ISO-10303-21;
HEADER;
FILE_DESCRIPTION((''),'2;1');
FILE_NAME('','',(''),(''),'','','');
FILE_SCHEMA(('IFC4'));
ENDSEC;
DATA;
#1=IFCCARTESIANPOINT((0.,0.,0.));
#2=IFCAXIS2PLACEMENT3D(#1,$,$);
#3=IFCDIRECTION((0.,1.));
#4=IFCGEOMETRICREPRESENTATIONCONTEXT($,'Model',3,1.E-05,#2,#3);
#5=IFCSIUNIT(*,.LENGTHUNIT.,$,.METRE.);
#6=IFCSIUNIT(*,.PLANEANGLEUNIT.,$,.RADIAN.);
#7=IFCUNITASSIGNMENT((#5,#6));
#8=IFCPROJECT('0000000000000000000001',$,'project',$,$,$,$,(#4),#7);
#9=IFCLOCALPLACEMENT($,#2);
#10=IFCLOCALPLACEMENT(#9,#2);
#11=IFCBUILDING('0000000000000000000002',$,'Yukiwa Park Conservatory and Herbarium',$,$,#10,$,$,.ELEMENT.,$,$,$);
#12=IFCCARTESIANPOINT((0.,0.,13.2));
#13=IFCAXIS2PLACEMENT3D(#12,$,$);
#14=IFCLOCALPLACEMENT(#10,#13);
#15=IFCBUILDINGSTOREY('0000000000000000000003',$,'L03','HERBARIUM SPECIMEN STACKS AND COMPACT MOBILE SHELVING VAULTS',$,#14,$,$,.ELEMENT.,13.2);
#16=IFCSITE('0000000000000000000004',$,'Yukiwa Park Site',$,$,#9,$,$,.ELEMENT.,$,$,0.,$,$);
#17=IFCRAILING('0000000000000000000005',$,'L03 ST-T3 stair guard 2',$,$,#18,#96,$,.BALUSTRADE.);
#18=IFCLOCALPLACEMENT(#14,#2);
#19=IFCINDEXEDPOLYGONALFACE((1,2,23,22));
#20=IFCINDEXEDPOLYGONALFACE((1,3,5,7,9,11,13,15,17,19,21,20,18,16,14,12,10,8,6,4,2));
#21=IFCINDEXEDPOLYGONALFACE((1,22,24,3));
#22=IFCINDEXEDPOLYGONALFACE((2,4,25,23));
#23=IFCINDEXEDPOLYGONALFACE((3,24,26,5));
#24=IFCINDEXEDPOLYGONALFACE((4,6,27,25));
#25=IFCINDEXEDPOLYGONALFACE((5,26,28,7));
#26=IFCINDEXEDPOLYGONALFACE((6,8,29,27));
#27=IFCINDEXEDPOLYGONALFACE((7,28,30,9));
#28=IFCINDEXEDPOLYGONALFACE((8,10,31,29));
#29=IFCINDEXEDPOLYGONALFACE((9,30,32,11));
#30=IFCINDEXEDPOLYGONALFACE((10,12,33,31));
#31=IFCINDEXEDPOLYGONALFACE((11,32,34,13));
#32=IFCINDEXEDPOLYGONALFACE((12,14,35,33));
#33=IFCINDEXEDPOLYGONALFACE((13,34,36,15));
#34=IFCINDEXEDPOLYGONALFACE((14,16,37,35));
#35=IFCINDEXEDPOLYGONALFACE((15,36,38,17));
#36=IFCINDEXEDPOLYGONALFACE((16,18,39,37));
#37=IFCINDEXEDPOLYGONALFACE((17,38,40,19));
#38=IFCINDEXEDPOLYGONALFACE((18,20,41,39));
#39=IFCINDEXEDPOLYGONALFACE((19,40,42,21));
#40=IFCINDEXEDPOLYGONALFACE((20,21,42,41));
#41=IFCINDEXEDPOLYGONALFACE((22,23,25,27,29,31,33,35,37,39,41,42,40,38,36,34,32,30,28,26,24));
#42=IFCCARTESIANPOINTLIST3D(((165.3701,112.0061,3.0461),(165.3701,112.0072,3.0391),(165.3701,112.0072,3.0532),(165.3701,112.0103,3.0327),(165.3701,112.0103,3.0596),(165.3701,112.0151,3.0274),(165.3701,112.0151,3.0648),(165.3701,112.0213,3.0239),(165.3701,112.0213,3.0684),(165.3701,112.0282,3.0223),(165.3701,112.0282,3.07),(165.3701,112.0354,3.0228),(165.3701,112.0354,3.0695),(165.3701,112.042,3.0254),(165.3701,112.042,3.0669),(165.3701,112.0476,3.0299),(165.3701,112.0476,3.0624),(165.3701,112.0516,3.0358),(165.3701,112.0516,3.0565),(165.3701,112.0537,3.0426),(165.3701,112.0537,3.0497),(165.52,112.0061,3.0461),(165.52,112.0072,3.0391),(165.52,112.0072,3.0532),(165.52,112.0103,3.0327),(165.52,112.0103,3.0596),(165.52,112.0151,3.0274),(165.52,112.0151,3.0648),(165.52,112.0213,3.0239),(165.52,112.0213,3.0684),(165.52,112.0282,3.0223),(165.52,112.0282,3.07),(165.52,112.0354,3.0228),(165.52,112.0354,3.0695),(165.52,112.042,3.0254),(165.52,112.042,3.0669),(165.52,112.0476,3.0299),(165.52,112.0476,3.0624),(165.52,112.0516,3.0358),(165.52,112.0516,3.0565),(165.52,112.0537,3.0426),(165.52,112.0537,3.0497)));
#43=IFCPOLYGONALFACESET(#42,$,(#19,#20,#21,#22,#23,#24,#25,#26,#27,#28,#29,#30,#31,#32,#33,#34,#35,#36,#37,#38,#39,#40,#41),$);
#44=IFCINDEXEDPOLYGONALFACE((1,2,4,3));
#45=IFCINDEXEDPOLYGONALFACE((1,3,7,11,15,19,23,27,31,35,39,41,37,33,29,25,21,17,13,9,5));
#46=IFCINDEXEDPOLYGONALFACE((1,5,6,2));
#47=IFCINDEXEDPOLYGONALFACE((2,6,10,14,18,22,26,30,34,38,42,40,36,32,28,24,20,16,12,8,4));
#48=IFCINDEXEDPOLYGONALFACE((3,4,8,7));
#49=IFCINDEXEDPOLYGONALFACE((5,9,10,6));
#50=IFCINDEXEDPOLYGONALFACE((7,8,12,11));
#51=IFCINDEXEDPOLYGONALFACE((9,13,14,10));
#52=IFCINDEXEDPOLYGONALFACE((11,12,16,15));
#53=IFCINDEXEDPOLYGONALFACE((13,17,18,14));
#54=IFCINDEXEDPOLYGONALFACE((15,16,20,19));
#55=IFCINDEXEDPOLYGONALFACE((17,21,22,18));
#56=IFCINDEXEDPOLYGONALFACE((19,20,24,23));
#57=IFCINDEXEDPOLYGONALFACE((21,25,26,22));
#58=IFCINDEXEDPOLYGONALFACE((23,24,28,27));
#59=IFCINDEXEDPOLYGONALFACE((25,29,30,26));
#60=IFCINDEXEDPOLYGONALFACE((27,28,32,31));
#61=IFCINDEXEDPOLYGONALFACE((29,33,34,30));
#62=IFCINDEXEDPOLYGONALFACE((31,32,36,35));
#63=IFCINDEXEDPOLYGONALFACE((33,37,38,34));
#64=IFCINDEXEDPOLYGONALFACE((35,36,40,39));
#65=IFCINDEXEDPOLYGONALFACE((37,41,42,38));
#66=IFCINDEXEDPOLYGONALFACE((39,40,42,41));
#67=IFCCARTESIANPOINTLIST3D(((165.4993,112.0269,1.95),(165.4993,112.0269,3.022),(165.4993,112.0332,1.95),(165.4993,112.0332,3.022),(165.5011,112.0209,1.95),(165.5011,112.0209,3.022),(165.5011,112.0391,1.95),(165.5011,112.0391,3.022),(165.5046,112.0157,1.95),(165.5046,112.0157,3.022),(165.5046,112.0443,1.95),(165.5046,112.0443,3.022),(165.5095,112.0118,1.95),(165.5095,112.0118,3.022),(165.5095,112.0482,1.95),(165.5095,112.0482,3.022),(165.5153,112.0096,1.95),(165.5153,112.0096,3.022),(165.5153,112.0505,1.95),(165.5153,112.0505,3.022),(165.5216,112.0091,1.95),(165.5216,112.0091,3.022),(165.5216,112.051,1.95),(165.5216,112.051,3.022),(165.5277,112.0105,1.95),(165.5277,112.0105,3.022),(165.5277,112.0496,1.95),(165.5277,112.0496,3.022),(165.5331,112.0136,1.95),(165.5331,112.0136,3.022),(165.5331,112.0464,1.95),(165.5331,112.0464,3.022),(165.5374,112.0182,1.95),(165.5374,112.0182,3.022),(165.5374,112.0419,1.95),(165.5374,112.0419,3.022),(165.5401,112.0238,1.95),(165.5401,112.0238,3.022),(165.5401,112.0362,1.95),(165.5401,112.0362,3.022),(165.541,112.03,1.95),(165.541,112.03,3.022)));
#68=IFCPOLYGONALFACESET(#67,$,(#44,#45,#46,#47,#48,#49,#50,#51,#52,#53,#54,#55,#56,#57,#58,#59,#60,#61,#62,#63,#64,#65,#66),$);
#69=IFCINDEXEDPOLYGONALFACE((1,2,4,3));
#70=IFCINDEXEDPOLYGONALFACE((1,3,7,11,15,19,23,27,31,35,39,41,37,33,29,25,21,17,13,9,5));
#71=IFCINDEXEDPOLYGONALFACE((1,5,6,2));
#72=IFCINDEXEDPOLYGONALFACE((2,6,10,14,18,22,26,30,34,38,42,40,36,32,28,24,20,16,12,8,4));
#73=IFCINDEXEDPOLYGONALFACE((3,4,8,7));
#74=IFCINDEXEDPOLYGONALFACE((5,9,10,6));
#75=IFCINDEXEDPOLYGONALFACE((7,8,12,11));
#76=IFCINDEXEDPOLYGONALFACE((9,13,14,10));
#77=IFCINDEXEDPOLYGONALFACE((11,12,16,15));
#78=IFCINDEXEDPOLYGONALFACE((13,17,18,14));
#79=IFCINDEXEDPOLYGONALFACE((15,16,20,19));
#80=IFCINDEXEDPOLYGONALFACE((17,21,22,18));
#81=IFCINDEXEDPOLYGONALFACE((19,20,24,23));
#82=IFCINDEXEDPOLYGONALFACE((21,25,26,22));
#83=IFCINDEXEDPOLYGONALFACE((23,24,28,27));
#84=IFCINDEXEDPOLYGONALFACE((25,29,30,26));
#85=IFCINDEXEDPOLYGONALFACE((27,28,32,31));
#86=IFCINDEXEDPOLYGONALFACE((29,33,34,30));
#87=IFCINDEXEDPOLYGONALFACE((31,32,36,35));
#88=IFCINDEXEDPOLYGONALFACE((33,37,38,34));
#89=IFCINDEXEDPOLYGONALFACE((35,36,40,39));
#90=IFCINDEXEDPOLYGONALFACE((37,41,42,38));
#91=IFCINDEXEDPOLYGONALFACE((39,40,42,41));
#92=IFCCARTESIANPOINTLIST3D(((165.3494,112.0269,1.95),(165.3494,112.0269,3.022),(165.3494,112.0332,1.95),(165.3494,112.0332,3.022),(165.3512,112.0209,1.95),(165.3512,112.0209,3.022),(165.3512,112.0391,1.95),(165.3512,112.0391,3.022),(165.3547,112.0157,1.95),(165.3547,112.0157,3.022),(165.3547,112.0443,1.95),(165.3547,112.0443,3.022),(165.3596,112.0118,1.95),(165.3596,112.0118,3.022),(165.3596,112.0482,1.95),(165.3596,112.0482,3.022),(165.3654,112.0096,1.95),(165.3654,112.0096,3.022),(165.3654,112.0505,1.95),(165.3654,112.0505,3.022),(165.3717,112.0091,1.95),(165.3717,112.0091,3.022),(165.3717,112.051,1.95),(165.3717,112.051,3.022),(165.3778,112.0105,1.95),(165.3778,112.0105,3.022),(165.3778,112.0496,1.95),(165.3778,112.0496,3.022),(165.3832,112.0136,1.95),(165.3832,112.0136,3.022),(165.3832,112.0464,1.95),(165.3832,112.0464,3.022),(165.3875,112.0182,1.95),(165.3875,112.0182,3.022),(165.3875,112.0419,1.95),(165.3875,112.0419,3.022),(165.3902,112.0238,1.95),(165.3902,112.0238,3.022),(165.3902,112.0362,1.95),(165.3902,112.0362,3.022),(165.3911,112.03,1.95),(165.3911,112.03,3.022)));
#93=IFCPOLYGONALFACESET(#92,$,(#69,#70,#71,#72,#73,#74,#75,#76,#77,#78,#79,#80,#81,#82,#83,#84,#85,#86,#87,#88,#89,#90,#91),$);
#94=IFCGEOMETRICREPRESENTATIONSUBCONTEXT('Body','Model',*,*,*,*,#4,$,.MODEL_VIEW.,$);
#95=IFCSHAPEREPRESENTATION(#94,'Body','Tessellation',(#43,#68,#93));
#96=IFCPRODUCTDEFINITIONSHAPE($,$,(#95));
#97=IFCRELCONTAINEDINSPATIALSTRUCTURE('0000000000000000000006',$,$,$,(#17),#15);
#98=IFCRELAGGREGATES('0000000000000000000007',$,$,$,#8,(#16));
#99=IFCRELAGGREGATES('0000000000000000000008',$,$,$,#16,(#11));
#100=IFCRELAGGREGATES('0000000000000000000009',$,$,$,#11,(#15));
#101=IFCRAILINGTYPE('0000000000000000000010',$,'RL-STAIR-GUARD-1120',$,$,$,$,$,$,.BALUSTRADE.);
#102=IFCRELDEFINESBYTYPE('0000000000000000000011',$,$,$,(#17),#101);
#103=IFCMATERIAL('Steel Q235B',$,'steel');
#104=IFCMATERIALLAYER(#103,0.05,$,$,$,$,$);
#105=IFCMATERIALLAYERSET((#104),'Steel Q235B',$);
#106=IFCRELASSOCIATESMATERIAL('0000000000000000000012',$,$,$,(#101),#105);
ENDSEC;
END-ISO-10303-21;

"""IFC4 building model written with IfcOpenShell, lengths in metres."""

from ifc_helpers import new_model, si_unit, direction, frame, origin, origin_2d, place, context, subcontext, project, spatial, circle, extrude, material, layer, layer_set, type_object, element, save


model = new_model("IFC4")

# Units and contexts
model_context = context("Model", 3, precision=1e-05, world=origin(), true_north=direction((0.0, 1.0)))
body_context = subcontext(model_context, "Body", "Model", "MODEL_VIEW")
ifc_project = project(units=[si_unit("LENGTHUNIT", "METRE"), si_unit("PLANEANGLEUNIT", "RADIAN")], contexts=[model_context])

# Site, building, storey
site_placement = place(None, origin())
site = spatial("IfcSite", under=ifc_project, at=site_placement, Name="Yukiwa Park Site", CompositionType="ELEMENT", RefElevation=0.0)
building_placement = place(site_placement, origin())
building = spatial("IfcBuilding", under=site, at=building_placement, Name="Yukiwa Park Conservatory and Herbarium", CompositionType="ELEMENT")
storey_placement = place(building_placement, frame((0.0, 0.0, 13.2)))
storey = spatial("IfcBuildingStorey", under=building, at=storey_placement, Name="L03", Description="HERBARIUM SPECIMEN STACKS AND COMPACT MOBILE SHELVING VAULTS", CompositionType="ELEMENT", Elevation=13.2)

# Railing
ifc_material_1 = material(Name="Steel Q235B", Category="steel")
ifc_layer_1 = layer(ifc_material_1, 0.05)
ifc_layer_set_1 = layer_set([ifc_layer_1], Name="Steel Q235B")
railing_type_1 = type_object("IfcRailingType", Name="RL-STAIR-GUARD-1120", PredefinedType="BALUSTRADE", material=ifc_layer_set_1)
railing_1_placement = place(storey_placement, frame((165.52, 112.03, 1.95)))
element("IfcRailing", 1, at=railing_1_placement, inside=storey, type_object=railing_type_1, Name="L03 ST-T3 stair guard 2", PredefinedType="BALUSTRADE", context=body_context, shape_type="SweptSolid", body=[
    extrude(circle(Radius=0.0239, at=origin_2d()), frame((0.0, 0.0, 1.0962), z_axis=(-1.0, 0.0, 0.0), x_axis=(0.0, -1.0, 0.0)), (0.0, 0.0, 1.0), 0.1499),
    extrude(circle(Radius=0.021, at=origin_2d()), origin(), (0.0, 0.0, 1.0), 1.072),
    extrude(circle(Radius=0.021, at=origin_2d()), frame((-0.1499, 0.0, 0.0)), (0.0, 0.0, 1.0), 1.072),
])

save(model, "model.ifc")
